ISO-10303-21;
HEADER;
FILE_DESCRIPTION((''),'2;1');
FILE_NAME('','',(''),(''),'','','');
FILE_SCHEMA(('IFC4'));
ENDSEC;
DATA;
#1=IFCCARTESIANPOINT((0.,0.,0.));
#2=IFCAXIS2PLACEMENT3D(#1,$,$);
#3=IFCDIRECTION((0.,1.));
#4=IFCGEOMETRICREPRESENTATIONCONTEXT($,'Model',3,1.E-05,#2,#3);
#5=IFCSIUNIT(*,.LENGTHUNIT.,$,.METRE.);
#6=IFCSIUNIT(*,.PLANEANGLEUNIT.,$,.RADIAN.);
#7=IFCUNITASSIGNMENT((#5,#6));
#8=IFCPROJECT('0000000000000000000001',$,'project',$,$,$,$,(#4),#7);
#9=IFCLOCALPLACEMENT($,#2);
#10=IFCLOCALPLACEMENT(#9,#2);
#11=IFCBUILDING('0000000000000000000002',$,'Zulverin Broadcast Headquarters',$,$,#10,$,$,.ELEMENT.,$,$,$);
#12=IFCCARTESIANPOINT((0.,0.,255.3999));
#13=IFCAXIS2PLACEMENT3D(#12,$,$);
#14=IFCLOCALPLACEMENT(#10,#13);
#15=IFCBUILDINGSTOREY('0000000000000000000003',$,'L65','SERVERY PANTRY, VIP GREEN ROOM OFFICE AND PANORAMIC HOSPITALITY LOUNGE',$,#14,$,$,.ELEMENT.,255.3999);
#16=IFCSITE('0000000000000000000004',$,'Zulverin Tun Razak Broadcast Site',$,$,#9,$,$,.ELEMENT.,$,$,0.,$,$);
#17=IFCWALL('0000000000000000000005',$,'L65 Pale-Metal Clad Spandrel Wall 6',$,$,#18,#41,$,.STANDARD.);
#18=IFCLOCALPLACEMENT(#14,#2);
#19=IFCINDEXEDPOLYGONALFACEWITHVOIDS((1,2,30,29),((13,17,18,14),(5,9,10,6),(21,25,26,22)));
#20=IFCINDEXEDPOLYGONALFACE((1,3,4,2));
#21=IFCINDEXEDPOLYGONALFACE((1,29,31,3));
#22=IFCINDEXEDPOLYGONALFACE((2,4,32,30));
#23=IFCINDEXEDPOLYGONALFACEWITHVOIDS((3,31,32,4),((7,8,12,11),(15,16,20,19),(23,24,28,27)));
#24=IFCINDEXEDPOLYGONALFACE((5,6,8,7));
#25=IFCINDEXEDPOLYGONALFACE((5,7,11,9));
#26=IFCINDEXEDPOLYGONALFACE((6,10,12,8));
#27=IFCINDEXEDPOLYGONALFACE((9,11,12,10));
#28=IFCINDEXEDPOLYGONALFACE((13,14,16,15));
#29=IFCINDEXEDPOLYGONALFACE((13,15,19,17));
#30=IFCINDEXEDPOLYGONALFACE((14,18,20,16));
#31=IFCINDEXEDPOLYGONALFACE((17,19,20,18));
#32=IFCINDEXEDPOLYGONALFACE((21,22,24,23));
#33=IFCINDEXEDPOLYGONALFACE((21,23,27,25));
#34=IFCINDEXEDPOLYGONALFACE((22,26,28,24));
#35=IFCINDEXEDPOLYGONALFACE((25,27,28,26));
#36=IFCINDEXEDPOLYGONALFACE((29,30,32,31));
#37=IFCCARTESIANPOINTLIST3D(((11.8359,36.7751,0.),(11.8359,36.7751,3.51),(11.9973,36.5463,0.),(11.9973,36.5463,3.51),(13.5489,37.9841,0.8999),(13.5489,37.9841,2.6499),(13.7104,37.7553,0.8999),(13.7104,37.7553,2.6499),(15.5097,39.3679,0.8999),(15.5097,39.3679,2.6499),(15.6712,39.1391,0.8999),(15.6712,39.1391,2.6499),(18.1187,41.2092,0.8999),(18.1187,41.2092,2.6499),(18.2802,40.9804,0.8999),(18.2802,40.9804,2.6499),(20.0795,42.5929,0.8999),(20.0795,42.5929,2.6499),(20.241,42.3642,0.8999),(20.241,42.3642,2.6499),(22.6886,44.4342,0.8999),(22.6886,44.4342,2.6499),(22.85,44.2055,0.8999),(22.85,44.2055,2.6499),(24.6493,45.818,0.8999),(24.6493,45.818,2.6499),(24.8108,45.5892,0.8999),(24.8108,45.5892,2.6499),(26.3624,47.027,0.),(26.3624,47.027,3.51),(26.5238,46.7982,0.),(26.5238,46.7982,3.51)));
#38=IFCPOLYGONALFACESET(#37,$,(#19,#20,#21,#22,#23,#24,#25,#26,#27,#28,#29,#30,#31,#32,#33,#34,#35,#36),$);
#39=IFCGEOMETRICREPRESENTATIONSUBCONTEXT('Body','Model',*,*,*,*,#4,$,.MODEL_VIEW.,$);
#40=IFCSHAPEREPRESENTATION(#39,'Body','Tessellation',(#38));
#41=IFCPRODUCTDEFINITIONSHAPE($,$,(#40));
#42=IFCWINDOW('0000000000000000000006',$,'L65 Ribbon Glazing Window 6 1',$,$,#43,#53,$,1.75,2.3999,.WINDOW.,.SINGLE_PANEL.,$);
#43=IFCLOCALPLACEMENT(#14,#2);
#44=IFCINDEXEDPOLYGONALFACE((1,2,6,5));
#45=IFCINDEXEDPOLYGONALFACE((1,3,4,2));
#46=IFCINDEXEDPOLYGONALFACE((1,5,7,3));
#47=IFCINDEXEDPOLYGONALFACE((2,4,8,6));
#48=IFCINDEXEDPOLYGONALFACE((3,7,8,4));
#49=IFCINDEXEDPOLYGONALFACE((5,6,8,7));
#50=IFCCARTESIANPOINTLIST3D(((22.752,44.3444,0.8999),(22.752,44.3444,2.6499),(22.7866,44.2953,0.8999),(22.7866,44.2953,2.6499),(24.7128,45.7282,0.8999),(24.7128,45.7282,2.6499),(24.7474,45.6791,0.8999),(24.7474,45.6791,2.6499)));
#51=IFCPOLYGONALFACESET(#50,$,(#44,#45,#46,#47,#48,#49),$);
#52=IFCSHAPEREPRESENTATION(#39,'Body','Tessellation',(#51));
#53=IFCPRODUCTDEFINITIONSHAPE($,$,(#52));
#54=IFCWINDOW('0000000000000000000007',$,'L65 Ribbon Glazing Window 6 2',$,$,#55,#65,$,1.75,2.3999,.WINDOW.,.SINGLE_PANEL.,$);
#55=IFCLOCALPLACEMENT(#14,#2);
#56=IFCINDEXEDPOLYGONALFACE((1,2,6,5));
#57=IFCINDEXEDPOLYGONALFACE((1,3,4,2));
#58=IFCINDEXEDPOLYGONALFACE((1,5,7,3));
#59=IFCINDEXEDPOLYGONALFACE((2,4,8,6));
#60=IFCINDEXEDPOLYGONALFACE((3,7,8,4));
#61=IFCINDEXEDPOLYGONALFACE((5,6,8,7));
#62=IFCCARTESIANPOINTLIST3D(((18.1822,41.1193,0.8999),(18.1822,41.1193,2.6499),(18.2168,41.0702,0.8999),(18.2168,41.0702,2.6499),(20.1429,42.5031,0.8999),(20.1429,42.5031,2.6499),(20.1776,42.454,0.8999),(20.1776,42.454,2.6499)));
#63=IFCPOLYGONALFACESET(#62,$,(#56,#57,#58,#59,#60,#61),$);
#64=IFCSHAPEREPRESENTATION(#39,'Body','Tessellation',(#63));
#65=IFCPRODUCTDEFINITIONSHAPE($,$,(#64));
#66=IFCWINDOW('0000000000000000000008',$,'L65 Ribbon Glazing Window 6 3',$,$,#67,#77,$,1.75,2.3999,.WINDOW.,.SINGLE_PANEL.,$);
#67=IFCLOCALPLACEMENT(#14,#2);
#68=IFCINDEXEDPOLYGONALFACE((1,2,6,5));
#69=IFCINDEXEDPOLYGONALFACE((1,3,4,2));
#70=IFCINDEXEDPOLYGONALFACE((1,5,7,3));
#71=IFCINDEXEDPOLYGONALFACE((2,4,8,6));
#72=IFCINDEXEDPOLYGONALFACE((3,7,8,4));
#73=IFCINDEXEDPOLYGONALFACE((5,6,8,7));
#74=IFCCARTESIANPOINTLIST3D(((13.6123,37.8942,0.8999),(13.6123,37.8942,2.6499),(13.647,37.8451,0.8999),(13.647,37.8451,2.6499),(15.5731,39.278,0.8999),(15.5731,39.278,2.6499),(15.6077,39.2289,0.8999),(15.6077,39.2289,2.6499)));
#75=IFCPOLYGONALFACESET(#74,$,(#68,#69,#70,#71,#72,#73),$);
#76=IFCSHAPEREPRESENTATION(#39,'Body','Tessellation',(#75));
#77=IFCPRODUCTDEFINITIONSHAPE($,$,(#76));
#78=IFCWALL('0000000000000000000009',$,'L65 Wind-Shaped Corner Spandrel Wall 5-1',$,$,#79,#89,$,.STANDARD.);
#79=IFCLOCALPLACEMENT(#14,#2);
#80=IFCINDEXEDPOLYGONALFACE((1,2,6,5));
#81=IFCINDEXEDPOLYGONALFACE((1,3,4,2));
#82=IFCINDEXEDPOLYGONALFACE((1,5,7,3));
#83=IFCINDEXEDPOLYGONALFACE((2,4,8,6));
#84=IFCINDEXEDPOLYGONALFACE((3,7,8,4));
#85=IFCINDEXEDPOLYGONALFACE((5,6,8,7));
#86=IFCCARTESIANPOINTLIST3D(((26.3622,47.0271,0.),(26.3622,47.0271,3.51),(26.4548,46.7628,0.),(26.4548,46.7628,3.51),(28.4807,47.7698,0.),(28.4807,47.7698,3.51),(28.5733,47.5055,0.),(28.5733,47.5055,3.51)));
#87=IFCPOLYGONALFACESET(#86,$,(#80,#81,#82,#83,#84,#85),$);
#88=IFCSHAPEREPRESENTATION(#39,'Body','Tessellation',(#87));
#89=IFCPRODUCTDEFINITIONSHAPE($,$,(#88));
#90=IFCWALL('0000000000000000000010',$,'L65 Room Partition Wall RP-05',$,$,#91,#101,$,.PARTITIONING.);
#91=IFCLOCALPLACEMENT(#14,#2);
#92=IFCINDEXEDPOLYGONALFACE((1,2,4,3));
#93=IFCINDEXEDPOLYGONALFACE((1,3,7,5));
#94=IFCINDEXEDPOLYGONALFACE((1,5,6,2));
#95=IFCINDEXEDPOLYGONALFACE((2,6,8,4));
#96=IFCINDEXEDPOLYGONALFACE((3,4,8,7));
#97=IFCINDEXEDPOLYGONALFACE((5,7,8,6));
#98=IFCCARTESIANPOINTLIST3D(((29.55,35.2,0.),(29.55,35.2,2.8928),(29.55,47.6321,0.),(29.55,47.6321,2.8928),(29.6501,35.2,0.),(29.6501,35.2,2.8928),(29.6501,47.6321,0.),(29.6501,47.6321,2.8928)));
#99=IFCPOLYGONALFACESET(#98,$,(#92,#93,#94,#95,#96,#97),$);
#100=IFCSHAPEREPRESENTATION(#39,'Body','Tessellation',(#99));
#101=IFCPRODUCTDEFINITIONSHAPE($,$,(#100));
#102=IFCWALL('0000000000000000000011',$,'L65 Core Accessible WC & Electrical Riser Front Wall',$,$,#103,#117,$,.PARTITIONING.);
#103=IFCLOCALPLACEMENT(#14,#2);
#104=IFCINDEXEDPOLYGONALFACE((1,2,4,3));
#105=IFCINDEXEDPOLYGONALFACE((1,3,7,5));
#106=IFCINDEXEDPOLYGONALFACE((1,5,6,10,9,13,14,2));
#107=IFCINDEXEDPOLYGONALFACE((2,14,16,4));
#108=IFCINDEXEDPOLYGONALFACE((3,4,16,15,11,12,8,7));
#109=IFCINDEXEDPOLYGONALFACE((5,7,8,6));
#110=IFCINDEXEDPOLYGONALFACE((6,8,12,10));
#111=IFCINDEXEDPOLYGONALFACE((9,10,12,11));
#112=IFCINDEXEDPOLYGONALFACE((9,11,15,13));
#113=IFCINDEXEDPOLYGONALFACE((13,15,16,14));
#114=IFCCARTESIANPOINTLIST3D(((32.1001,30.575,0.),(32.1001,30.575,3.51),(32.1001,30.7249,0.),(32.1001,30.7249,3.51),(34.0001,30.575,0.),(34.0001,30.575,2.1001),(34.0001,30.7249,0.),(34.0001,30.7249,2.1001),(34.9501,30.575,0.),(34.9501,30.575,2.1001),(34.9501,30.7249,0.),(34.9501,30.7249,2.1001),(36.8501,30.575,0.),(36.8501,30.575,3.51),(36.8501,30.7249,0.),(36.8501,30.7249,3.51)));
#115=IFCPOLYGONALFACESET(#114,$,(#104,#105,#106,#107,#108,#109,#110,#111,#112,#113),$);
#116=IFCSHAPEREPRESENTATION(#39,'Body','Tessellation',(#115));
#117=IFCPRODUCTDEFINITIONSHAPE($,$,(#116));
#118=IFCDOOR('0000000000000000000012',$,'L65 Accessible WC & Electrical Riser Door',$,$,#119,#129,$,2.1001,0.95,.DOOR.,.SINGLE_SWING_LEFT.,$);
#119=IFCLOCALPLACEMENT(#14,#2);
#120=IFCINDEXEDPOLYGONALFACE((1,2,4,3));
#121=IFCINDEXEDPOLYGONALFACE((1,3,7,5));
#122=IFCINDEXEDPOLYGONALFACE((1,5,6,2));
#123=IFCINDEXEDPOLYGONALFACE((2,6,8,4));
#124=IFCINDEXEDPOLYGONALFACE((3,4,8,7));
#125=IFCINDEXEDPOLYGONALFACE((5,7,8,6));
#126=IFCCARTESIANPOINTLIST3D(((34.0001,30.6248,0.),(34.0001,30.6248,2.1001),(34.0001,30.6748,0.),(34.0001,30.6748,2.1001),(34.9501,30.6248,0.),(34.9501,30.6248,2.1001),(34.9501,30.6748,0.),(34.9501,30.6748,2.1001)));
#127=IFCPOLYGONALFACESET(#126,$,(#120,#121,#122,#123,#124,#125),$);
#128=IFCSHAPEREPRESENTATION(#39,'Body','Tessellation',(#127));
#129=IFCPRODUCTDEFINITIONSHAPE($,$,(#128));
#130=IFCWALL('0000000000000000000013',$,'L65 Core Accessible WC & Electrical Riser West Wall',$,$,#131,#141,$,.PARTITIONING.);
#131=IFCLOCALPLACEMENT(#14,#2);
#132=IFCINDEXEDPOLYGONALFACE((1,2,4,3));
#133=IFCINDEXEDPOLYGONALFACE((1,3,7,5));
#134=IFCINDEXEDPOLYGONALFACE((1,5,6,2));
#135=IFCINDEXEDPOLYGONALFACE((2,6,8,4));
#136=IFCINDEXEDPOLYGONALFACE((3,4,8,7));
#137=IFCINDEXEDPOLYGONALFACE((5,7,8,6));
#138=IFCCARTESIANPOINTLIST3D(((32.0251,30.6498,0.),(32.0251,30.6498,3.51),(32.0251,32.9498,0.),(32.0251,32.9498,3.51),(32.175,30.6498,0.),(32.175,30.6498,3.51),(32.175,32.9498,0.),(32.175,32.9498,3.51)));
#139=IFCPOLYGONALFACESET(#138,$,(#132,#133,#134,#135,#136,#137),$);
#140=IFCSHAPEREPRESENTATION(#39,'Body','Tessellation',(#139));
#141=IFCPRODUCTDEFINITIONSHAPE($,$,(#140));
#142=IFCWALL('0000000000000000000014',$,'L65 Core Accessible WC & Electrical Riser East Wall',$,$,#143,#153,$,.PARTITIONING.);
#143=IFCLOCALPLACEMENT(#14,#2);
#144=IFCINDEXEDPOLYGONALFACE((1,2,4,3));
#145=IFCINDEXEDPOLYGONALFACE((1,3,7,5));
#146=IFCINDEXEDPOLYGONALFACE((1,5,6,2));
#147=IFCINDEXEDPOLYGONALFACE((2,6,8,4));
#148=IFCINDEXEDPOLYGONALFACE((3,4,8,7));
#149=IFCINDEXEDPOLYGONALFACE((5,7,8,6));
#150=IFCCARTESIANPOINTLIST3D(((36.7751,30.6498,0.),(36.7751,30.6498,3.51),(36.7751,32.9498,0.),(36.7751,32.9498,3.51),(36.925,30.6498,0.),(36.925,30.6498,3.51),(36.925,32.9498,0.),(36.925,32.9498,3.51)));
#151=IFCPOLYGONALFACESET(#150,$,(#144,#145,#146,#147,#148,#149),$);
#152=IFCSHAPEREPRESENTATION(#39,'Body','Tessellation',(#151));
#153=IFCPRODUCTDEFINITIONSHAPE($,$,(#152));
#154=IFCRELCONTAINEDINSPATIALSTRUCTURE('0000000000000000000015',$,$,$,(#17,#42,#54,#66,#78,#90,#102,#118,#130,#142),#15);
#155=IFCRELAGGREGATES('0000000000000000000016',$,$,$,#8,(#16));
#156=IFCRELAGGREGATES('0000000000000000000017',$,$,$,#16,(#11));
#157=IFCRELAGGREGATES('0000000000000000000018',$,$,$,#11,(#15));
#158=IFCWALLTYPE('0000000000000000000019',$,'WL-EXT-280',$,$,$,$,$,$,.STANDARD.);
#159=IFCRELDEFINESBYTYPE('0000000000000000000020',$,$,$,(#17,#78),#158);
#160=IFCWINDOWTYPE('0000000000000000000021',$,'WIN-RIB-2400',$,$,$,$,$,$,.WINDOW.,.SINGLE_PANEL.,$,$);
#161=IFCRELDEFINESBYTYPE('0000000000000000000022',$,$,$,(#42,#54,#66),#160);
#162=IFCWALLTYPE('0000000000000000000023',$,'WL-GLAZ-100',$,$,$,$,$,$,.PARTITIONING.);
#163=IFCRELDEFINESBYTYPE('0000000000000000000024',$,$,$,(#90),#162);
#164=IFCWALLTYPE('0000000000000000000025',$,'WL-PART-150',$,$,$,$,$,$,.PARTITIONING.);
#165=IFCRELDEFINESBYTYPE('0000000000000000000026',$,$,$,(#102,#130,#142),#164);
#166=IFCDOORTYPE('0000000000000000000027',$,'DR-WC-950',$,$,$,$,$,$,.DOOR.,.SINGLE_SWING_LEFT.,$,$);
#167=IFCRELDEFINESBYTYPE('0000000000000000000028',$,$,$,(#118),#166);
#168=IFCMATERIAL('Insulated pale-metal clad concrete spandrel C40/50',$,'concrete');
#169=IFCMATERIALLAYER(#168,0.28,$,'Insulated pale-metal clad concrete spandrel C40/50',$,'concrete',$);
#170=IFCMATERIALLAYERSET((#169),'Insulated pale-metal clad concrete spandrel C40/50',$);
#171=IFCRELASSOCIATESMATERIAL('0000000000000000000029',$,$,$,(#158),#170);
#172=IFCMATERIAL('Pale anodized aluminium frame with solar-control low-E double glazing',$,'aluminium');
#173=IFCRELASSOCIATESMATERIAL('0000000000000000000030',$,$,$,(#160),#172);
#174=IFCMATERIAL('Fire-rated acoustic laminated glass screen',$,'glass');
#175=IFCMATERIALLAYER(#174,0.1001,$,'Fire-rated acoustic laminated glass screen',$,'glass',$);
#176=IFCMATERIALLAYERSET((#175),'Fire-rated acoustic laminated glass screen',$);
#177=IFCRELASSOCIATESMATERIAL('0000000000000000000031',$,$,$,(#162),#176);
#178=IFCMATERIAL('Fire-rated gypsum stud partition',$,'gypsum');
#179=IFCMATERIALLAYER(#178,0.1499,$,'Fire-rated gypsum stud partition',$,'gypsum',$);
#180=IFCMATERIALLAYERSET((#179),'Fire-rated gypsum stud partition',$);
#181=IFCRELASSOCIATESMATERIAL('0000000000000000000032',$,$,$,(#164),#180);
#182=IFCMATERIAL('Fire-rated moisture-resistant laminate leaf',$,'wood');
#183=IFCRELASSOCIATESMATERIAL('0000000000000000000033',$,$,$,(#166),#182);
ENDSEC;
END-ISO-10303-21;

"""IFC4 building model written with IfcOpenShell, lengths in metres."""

from ifc_helpers import new_model, si_unit, direction, frame, frame_2d, origin, place, context, subcontext, project, spatial, rectangle, extrude, material, layer, layer_set, type_object, element, fill, save


model = new_model("IFC4")

# Units and contexts
model_context = context("Model", 3, precision=1e-05, world=origin(), true_north=direction((0.0, 1.0)))
body_context = subcontext(model_context, "Body", "Model", "MODEL_VIEW")
ifc_project = project(units=[si_unit("LENGTHUNIT", "METRE"), si_unit("PLANEANGLEUNIT", "RADIAN")], contexts=[model_context])

# Site, building, storey
site_placement = place(None, origin())
site = spatial("IfcSite", under=ifc_project, at=site_placement, Name="Zulverin Tun Razak Broadcast Site", CompositionType="ELEMENT", RefElevation=0.0)
building_placement = place(site_placement, origin())
building = spatial("IfcBuilding", under=site, at=building_placement, Name="Zulverin Broadcast Headquarters", CompositionType="ELEMENT")
storey_placement = place(building_placement, frame((0.0, 0.0, 255.3999)))
storey = spatial("IfcBuildingStorey", under=building, at=storey_placement, Name="L65", Description="SERVERY PANTRY, VIP GREEN ROOM OFFICE AND PANORAMIC HOSPITALITY LOUNGE", CompositionType="ELEMENT", Elevation=255.3999)

# Wall, openings, windows
ifc_material_1 = material(Name="Insulated pale-metal clad concrete spandrel C40/50", Category="concrete")
ifc_layer_1 = layer(ifc_material_1, 0.28, Name="Insulated pale-metal clad concrete spandrel C40/50", Category="concrete")
ifc_layer_set_1 = layer_set([ifc_layer_1], Name="Insulated pale-metal clad concrete spandrel C40/50")
wall_type_1 = type_object("IfcWallType", Name="WL-EXT-280", PredefinedType="STANDARD", material=ifc_layer_set_1)
wall_1_placement = place(storey_placement, frame((26.4431, 46.9126, 0.0), z_axis=(0.0, 0.0, 1.0), x_axis=(-0.817024, -0.576603, 0.0)))
wall_1 = element("IfcWall", 1, at=wall_1_placement, inside=storey, type_object=wall_type_1, Name="L65 Pale-Metal Clad Spandrel Wall 6", PredefinedType="STANDARD", context=body_context, shape_type="SweptSolid", body=[
    extrude(rectangle(XDim=17.7798, YDim=0.28, at=frame_2d((8.8899, 0.0))), origin(), (0.0, 0.0, 1.0), 3.51),
])
opening_1_placement = place(wall_1_placement, frame((2.0967, 0.0, 0.8999)))
opening_1 = element("IfcOpeningElement", 2, at=opening_1_placement, cuts=wall_1, PredefinedType="OPENING", context=body_context, shape_type="SweptSolid", body=[
    extrude(rectangle(XDim=2.3999, YDim=1.75, at=frame_2d((1.2, 0.875))), frame((0.0, 0.1499, 0.0), z_axis=(0.0, -1.0, 0.0), x_axis=(1.0, 0.0, 0.0)), (0.0, 0.0, 1.0), 0.3),
])
opening_2_placement = place(wall_1_placement, frame((7.6899, 0.0, 0.8999)))
opening_2 = element("IfcOpeningElement", 3, at=opening_2_placement, cuts=wall_1, PredefinedType="OPENING", context=body_context, shape_type="SweptSolid", body=[
    extrude(rectangle(XDim=2.3999, YDim=1.75, at=frame_2d((1.2, 0.875))), frame((0.0, 0.1499, 0.0), z_axis=(0.0, -1.0, 0.0), x_axis=(1.0, 0.0, 0.0)), (0.0, 0.0, 1.0), 0.3),
])
opening_3_placement = place(wall_1_placement, frame((13.2832, 0.0, 0.8999)))
opening_3 = element("IfcOpeningElement", 4, at=opening_3_placement, cuts=wall_1, PredefinedType="OPENING", context=body_context, shape_type="SweptSolid", body=[
    extrude(rectangle(XDim=2.3999, YDim=1.75, at=frame_2d((1.2, 0.875))), frame((0.0, 0.1499, 0.0), z_axis=(0.0, -1.0, 0.0), x_axis=(1.0, 0.0, 0.0)), (0.0, 0.0, 1.0), 0.3),
])
ifc_material_2 = material(Name="Pale anodized aluminium frame with solar-control low-E double glazing", Category="aluminium")
window_type = type_object("IfcWindowType", Name="WIN-RIB-2400", PartitioningType="SINGLE_PANEL", PredefinedType="WINDOW", material=ifc_material_2)
window_1_placement = place(opening_1_placement, origin())
window_1 = element("IfcWindow", 5, at=window_1_placement, inside=storey, type_object=window_type, Name="L65 Ribbon Glazing Window 6 1", OverallHeight=1.75, OverallWidth=2.3999, PartitioningType="SINGLE_PANEL", PredefinedType="WINDOW", context=body_context, shape_type="SweptSolid", body=[
    extrude(rectangle(XDim=2.3999, YDim=1.75, at=frame_2d((1.2, 0.875))), frame((0.0, 0.03, 0.0), z_axis=(0.0, -1.0, 0.0), x_axis=(1.0, 0.0, 0.0)), (0.0, 0.0, 1.0), 0.0601),
])
fill(opening_1, window_1)
window_2_placement = place(opening_2_placement, origin())
window_2 = element("IfcWindow", 6, at=window_2_placement, inside=storey, type_object=window_type, Name="L65 Ribbon Glazing Window 6 2", OverallHeight=1.75, OverallWidth=2.3999, PartitioningType="SINGLE_PANEL", PredefinedType="WINDOW", context=body_context, shape_type="SweptSolid", body=[
    extrude(rectangle(XDim=2.3999, YDim=1.75, at=frame_2d((1.2, 0.875))), frame((0.0, 0.03, 0.0), z_axis=(0.0, -1.0, 0.0), x_axis=(1.0, 0.0, 0.0)), (0.0, 0.0, 1.0), 0.0601),
])
fill(opening_2, window_2)
window_3_placement = place(opening_3_placement, origin())
window_3 = element("IfcWindow", 7, at=window_3_placement, inside=storey, type_object=window_type, Name="L65 Ribbon Glazing Window 6 3", OverallHeight=1.75, OverallWidth=2.3999, PartitioningType="SINGLE_PANEL", PredefinedType="WINDOW", context=body_context, shape_type="SweptSolid", body=[
    extrude(rectangle(XDim=2.3999, YDim=1.75, at=frame_2d((1.2, 0.875))), frame((0.0, 0.03, 0.0), z_axis=(0.0, -1.0, 0.0), x_axis=(1.0, 0.0, 0.0)), (0.0, 0.0, 1.0), 0.0601),
])
fill(opening_3, window_3)

# Walls
wall_2_placement = place(storey_placement, frame((28.5271, 47.6377, 0.0), z_axis=(0.0, 0.0, 1.0), x_axis=(-0.943687, -0.33084, 0.0)))
element("IfcWall", 8, at=wall_2_placement, inside=storey, type_object=wall_type_1, Name="L65 Wind-Shaped Corner Spandrel Wall 5-1", PredefinedType="STANDARD", context=body_context, shape_type="SweptSolid", body=[
    extrude(rectangle(XDim=2.2449, YDim=0.28, at=frame_2d((1.1226, 0.0))), origin(), (0.0, 0.0, 1.0), 3.51),
])
ifc_material_3 = material(Name="Fire-rated acoustic laminated glass screen", Category="glass")
ifc_layer_2 = layer(ifc_material_3, 0.1001, Name="Fire-rated acoustic laminated glass screen", Category="glass")
ifc_layer_set_2 = layer_set([ifc_layer_2], Name="Fire-rated acoustic laminated glass screen")
wall_type_2 = type_object("IfcWallType", Name="WL-GLAZ-100", PredefinedType="PARTITIONING", material=ifc_layer_set_2)
wall_3_placement = place(storey_placement, frame((29.6001, 35.2, 0.0), z_axis=(0.0, 0.0, 1.0), x_axis=(0.0, 1.0, 0.0)))
element("IfcWall", 9, at=wall_3_placement, inside=storey, type_object=wall_type_2, Name="L65 Room Partition Wall RP-05", PredefinedType="PARTITIONING", context=body_context, shape_type="SweptSolid", body=[
    extrude(rectangle(XDim=12.4321, YDim=0.1001, at=frame_2d((6.2161, 0.0))), origin(), (0.0, 0.0, 1.0), 2.8928),
])

# Wall, opening, door
ifc_material_4 = material(Name="Fire-rated gypsum stud partition", Category="gypsum")
ifc_layer_3 = layer(ifc_material_4, 0.1499, Name="Fire-rated gypsum stud partition", Category="gypsum")
ifc_layer_set_3 = layer_set([ifc_layer_3], Name="Fire-rated gypsum stud partition")
wall_type_3 = type_object("IfcWallType", Name="WL-PART-150", PredefinedType="PARTITIONING", material=ifc_layer_set_3)
wall_4_placement = place(storey_placement, frame((32.1001, 30.6499, 0.0), z_axis=(0.0, 0.0, 1.0), x_axis=(1.0, 0.0, 0.0)))
wall_4 = element("IfcWall", 10, at=wall_4_placement, inside=storey, type_object=wall_type_3, Name="L65 Core Accessible WC & Electrical Riser Front Wall", PredefinedType="PARTITIONING", context=body_context, shape_type="SweptSolid", body=[
    extrude(rectangle(XDim=4.75, YDim=0.1499, at=frame_2d((2.375, 0.0))), origin(), (0.0, 0.0, 1.0), 3.51),
])
opening_4_placement = place(wall_4_placement, frame((1.8999, 0.0, 0.0)))
opening_4 = element("IfcOpeningElement", 11, at=opening_4_placement, cuts=wall_4, PredefinedType="OPENING", context=body_context, shape_type="SweptSolid", body=[
    extrude(rectangle(XDim=0.95, YDim=2.1001, at=frame_2d((0.4751, 1.05))), frame((0.0, 0.085, 0.0), z_axis=(0.0, -1.0, 0.0), x_axis=(1.0, 0.0, 0.0)), (0.0, 0.0, 1.0), 0.1699),
])
ifc_material_5 = material(Name="Fire-rated moisture-resistant laminate leaf", Category="wood")
door_type_1 = type_object("IfcDoorType", Name="DR-WC-950", OperationType="SINGLE_SWING_LEFT", PredefinedType="DOOR", material=ifc_material_5)
door_1_placement = place(opening_4_placement, origin())
door_1 = element("IfcDoor", 12, at=door_1_placement, inside=storey, type_object=door_type_1, Name="L65 Accessible WC & Electrical Riser Door", OperationType="SINGLE_SWING_LEFT", OverallHeight=2.1001, OverallWidth=0.95, PredefinedType="DOOR", context=body_context, shape_type="SweptSolid", body=[
    extrude(rectangle(XDim=0.95, YDim=2.1001, at=frame_2d((0.4751, 1.05))), frame((0.0, 0.0249, 0.0), z_axis=(0.0, -1.0, 0.0), x_axis=(1.0, 0.0, 0.0)), (0.0, 0.0, 1.0), 0.05),
])
fill(opening_4, door_1)

# Walls
for number, where, z_axis, x_axis, name in (
    (13, (32.1001, 30.6499, 0.0), (0.0, 0.0, 1.0), (0.0, 1.0, 0.0), "L65 Core Accessible WC & Electrical Riser West Wall"),
    (14, (36.8501, 30.6499, 0.0), (0.0, 0.0, 1.0), (0.0, 1.0, 0.0), "L65 Core Accessible WC & Electrical Riser East Wall"),
):
    element("IfcWall", number, at=place(storey_placement, frame(where, z_axis=z_axis, x_axis=x_axis)), inside=storey, type_object=wall_type_3, Name=name, PredefinedType="PARTITIONING", context=body_context, shape_type="SweptSolid", body=[
        extrude(rectangle(XDim=2.3, YDim=0.1499, at=frame_2d((1.1499, 0.0))), origin(), (0.0, 0.0, 1.0), 3.51),
    ])

save(model, "model.ifc")
